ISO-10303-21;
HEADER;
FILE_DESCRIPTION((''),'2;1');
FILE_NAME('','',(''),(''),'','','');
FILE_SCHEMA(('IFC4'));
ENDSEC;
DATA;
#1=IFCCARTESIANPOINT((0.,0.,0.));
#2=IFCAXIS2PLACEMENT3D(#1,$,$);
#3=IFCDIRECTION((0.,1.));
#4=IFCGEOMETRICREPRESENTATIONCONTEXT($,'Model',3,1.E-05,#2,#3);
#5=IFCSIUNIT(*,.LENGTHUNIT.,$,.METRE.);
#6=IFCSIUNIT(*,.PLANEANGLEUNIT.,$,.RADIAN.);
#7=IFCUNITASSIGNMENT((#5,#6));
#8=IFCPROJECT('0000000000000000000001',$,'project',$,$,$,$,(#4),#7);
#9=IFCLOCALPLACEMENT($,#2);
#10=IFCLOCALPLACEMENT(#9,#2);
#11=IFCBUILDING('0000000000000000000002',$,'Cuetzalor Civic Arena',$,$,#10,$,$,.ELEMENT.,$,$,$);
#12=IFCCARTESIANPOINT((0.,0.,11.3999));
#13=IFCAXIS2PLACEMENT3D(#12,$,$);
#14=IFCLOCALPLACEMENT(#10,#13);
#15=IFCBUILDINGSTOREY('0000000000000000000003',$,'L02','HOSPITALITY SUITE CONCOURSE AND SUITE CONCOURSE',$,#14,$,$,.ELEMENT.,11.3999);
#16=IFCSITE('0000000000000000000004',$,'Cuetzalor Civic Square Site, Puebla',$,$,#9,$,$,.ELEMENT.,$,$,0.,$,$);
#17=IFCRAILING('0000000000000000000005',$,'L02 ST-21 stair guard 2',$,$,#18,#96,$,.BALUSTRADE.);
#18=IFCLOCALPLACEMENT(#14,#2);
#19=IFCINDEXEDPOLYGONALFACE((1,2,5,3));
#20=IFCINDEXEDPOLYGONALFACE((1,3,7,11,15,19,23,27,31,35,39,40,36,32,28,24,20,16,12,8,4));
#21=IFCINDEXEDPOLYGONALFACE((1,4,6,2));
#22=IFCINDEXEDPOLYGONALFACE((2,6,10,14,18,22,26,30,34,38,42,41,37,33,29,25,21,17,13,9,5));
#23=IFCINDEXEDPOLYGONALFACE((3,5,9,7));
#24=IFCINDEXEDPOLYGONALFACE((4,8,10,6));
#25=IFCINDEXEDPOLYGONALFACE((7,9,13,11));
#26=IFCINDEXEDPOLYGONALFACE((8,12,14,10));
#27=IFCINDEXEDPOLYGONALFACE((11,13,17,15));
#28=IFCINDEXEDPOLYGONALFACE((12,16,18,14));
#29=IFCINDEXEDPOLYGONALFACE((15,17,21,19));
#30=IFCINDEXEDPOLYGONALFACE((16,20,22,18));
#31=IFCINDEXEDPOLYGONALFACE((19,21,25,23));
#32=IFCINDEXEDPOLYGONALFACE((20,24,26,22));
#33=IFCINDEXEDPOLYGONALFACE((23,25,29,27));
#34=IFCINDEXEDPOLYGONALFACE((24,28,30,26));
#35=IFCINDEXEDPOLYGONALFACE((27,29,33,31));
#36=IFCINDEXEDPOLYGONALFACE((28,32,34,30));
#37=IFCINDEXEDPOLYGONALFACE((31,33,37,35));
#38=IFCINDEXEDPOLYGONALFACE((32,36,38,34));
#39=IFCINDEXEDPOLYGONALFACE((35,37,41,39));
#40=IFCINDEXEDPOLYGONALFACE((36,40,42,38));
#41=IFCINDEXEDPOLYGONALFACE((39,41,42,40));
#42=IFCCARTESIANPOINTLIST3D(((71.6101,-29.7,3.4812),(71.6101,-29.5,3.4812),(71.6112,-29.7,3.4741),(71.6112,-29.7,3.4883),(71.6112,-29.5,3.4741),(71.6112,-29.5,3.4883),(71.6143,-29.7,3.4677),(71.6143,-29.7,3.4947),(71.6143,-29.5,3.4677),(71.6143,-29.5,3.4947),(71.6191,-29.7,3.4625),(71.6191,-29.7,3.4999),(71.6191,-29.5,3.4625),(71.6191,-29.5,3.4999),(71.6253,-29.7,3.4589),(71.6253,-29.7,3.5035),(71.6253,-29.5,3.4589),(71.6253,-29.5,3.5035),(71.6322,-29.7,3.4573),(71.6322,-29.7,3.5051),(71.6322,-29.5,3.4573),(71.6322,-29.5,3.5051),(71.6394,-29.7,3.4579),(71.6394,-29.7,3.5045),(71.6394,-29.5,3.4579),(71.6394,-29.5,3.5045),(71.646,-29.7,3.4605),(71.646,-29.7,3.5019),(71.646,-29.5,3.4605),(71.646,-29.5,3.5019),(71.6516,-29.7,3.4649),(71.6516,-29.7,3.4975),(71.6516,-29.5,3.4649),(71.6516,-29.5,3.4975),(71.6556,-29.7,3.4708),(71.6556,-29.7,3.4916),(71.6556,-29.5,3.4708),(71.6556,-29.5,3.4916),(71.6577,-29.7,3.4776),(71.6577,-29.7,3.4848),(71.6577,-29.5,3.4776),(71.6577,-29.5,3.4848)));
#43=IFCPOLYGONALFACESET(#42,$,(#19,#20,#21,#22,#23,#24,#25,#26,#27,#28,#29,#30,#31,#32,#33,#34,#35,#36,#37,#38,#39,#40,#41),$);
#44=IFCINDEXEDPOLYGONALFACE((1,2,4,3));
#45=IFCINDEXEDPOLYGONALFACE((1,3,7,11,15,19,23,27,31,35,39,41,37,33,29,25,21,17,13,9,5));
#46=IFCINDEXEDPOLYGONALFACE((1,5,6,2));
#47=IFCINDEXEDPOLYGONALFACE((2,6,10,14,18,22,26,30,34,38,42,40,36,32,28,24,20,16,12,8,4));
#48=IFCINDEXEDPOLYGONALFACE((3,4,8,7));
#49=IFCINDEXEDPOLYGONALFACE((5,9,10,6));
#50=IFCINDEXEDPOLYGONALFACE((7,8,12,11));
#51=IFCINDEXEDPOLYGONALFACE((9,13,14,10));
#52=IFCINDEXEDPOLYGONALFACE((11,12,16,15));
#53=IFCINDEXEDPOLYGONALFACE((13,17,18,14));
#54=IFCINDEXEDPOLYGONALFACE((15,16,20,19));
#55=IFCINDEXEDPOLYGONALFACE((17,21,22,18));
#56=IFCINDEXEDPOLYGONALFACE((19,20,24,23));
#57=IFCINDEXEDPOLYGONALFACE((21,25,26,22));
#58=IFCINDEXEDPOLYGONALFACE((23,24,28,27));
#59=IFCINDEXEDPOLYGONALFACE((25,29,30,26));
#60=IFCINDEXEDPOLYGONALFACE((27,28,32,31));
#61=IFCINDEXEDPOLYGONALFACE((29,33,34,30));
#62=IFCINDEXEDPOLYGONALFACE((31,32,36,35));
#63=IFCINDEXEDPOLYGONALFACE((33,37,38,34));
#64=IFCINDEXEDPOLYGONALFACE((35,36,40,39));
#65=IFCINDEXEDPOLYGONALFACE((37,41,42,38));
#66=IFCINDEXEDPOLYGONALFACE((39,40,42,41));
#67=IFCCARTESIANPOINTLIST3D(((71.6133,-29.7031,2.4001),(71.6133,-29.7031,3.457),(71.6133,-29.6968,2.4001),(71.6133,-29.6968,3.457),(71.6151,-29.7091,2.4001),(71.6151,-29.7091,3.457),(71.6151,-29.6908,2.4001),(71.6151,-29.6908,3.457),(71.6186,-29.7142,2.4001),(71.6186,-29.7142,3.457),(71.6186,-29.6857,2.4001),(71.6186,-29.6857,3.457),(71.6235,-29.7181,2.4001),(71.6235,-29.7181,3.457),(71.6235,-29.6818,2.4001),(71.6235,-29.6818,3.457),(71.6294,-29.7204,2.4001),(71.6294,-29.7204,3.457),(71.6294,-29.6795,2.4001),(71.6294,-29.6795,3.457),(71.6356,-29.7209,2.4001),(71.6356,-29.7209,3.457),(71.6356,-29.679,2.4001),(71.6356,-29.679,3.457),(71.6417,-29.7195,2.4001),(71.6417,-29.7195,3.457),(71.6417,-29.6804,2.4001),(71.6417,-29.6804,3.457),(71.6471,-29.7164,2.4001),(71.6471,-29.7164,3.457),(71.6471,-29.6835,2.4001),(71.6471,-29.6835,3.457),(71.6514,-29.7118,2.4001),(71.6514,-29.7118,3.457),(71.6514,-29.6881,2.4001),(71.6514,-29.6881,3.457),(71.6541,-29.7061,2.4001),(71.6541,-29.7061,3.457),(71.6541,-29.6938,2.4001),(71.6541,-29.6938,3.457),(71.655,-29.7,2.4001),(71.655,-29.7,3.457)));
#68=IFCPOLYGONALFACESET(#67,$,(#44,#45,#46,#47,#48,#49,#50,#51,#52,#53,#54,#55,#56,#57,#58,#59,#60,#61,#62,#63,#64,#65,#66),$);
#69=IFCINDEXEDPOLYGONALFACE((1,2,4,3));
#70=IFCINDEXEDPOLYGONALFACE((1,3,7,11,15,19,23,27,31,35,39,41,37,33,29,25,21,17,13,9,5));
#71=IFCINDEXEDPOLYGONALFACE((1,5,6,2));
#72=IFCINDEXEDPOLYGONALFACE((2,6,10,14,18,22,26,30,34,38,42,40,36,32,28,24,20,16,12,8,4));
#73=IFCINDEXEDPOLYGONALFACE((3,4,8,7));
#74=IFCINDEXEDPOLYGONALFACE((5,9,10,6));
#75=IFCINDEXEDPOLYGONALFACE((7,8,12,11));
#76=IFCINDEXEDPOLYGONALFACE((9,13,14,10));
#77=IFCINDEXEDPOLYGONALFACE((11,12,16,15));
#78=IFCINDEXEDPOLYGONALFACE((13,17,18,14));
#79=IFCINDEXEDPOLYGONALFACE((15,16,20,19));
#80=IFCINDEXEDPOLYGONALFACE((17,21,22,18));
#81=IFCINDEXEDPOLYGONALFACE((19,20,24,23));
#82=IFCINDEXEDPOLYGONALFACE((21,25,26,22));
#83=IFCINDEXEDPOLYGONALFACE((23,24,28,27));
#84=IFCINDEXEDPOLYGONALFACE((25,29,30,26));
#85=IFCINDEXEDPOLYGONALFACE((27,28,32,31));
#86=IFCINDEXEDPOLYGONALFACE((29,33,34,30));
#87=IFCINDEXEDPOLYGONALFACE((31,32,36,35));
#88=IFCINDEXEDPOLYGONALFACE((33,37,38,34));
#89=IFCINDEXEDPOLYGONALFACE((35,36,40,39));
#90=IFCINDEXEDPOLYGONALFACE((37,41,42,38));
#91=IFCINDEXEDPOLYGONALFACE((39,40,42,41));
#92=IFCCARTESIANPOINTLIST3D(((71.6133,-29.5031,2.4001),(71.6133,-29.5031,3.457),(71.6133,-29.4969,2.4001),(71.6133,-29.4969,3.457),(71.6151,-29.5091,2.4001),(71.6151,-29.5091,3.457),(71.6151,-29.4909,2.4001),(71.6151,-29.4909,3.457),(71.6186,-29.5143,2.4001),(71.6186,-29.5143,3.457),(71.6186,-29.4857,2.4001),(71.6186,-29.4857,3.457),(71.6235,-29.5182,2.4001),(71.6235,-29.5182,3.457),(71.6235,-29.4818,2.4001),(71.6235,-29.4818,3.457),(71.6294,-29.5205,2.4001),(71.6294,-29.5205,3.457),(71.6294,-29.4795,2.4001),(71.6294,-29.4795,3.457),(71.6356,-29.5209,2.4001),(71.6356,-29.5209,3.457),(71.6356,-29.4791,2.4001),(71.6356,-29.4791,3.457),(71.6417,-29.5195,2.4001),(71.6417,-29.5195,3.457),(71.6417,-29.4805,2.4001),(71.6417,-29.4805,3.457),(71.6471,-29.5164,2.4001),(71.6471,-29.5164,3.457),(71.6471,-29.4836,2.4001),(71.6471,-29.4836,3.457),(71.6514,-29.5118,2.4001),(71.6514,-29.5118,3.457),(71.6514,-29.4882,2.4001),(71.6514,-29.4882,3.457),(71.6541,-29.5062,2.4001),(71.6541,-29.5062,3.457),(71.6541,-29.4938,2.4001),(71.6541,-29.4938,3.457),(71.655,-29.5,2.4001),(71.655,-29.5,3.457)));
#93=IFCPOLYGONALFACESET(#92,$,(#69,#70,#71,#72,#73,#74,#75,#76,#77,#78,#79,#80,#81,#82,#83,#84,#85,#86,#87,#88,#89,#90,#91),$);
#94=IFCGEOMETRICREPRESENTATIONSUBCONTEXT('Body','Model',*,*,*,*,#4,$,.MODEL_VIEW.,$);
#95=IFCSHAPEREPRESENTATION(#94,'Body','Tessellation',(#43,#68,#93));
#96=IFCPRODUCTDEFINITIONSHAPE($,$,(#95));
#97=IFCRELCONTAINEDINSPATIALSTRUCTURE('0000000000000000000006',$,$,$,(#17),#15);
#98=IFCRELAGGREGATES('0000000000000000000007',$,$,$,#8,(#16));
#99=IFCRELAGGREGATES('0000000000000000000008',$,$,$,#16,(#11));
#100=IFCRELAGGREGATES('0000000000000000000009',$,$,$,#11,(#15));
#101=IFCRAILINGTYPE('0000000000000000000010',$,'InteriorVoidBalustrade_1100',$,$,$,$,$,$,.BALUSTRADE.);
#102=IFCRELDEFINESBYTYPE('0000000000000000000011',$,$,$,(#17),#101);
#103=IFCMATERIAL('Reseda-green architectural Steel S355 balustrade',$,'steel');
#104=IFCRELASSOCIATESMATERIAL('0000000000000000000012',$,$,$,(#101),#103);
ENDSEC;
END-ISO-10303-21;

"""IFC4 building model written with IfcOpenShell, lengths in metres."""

from ifc_helpers import new_model, si_unit, direction, frame, origin, origin_2d, place, context, subcontext, project, spatial, circle, extrude, material, type_object, element, save


model = new_model("IFC4")

# Units and contexts
model_context = context("Model", 3, precision=1e-05, world=origin(), true_north=direction((0.0, 1.0)))
body_context = subcontext(model_context, "Body", "Model", "MODEL_VIEW")
ifc_project = project(units=[si_unit("LENGTHUNIT", "METRE"), si_unit("PLANEANGLEUNIT", "RADIAN")], contexts=[model_context])

# Site, building, storey
site_placement = place(None, origin())
site = spatial("IfcSite", under=ifc_project, at=site_placement, Name="Cuetzalor Civic Square Site, Puebla", CompositionType="ELEMENT", RefElevation=0.0)
building_placement = place(site_placement, origin())
building = spatial("IfcBuilding", under=site, at=building_placement, Name="Cuetzalor Civic Arena", CompositionType="ELEMENT")
storey_placement = place(building_placement, frame((0.0, 0.0, 11.3999)))
storey = spatial("IfcBuildingStorey", under=building, at=storey_placement, Name="L02", Description="HOSPITALITY SUITE CONCOURSE AND SUITE CONCOURSE", CompositionType="ELEMENT", Elevation=11.3999)

# Railing
ifc_material_1 = material(Name="Reseda-green architectural Steel S355 balustrade", Category="steel")
railing_type_1 = type_object("IfcRailingType", Name="InteriorVoidBalustrade_1100", PredefinedType="BALUSTRADE", material=ifc_material_1)
railing_1_placement = place(storey_placement, frame((71.634, -29.7, 2.4001)))
element("IfcRailing", 1, at=railing_1_placement, inside=storey, type_object=railing_type_1, Name="L02 ST-21 stair guard 2", PredefinedType="BALUSTRADE", context=body_context, shape_type="SweptSolid", body=[
    extrude(circle(Radius=0.0239, at=origin_2d()), frame((0.0, 0.0, 1.0811), z_axis=(0.0, 1.0, 0.0), x_axis=(-1.0, 0.0, 0.0)), (0.0, 0.0, 1.0), 0.2),
    extrude(circle(Radius=0.021, at=origin_2d()), origin(), (0.0, 0.0, 1.0), 1.0569),
    extrude(circle(Radius=0.021, at=origin_2d()), frame((0.0, 0.2, 0.0)), (0.0, 0.0, 1.0), 1.0569),
])

save(model, "model.ifc")
